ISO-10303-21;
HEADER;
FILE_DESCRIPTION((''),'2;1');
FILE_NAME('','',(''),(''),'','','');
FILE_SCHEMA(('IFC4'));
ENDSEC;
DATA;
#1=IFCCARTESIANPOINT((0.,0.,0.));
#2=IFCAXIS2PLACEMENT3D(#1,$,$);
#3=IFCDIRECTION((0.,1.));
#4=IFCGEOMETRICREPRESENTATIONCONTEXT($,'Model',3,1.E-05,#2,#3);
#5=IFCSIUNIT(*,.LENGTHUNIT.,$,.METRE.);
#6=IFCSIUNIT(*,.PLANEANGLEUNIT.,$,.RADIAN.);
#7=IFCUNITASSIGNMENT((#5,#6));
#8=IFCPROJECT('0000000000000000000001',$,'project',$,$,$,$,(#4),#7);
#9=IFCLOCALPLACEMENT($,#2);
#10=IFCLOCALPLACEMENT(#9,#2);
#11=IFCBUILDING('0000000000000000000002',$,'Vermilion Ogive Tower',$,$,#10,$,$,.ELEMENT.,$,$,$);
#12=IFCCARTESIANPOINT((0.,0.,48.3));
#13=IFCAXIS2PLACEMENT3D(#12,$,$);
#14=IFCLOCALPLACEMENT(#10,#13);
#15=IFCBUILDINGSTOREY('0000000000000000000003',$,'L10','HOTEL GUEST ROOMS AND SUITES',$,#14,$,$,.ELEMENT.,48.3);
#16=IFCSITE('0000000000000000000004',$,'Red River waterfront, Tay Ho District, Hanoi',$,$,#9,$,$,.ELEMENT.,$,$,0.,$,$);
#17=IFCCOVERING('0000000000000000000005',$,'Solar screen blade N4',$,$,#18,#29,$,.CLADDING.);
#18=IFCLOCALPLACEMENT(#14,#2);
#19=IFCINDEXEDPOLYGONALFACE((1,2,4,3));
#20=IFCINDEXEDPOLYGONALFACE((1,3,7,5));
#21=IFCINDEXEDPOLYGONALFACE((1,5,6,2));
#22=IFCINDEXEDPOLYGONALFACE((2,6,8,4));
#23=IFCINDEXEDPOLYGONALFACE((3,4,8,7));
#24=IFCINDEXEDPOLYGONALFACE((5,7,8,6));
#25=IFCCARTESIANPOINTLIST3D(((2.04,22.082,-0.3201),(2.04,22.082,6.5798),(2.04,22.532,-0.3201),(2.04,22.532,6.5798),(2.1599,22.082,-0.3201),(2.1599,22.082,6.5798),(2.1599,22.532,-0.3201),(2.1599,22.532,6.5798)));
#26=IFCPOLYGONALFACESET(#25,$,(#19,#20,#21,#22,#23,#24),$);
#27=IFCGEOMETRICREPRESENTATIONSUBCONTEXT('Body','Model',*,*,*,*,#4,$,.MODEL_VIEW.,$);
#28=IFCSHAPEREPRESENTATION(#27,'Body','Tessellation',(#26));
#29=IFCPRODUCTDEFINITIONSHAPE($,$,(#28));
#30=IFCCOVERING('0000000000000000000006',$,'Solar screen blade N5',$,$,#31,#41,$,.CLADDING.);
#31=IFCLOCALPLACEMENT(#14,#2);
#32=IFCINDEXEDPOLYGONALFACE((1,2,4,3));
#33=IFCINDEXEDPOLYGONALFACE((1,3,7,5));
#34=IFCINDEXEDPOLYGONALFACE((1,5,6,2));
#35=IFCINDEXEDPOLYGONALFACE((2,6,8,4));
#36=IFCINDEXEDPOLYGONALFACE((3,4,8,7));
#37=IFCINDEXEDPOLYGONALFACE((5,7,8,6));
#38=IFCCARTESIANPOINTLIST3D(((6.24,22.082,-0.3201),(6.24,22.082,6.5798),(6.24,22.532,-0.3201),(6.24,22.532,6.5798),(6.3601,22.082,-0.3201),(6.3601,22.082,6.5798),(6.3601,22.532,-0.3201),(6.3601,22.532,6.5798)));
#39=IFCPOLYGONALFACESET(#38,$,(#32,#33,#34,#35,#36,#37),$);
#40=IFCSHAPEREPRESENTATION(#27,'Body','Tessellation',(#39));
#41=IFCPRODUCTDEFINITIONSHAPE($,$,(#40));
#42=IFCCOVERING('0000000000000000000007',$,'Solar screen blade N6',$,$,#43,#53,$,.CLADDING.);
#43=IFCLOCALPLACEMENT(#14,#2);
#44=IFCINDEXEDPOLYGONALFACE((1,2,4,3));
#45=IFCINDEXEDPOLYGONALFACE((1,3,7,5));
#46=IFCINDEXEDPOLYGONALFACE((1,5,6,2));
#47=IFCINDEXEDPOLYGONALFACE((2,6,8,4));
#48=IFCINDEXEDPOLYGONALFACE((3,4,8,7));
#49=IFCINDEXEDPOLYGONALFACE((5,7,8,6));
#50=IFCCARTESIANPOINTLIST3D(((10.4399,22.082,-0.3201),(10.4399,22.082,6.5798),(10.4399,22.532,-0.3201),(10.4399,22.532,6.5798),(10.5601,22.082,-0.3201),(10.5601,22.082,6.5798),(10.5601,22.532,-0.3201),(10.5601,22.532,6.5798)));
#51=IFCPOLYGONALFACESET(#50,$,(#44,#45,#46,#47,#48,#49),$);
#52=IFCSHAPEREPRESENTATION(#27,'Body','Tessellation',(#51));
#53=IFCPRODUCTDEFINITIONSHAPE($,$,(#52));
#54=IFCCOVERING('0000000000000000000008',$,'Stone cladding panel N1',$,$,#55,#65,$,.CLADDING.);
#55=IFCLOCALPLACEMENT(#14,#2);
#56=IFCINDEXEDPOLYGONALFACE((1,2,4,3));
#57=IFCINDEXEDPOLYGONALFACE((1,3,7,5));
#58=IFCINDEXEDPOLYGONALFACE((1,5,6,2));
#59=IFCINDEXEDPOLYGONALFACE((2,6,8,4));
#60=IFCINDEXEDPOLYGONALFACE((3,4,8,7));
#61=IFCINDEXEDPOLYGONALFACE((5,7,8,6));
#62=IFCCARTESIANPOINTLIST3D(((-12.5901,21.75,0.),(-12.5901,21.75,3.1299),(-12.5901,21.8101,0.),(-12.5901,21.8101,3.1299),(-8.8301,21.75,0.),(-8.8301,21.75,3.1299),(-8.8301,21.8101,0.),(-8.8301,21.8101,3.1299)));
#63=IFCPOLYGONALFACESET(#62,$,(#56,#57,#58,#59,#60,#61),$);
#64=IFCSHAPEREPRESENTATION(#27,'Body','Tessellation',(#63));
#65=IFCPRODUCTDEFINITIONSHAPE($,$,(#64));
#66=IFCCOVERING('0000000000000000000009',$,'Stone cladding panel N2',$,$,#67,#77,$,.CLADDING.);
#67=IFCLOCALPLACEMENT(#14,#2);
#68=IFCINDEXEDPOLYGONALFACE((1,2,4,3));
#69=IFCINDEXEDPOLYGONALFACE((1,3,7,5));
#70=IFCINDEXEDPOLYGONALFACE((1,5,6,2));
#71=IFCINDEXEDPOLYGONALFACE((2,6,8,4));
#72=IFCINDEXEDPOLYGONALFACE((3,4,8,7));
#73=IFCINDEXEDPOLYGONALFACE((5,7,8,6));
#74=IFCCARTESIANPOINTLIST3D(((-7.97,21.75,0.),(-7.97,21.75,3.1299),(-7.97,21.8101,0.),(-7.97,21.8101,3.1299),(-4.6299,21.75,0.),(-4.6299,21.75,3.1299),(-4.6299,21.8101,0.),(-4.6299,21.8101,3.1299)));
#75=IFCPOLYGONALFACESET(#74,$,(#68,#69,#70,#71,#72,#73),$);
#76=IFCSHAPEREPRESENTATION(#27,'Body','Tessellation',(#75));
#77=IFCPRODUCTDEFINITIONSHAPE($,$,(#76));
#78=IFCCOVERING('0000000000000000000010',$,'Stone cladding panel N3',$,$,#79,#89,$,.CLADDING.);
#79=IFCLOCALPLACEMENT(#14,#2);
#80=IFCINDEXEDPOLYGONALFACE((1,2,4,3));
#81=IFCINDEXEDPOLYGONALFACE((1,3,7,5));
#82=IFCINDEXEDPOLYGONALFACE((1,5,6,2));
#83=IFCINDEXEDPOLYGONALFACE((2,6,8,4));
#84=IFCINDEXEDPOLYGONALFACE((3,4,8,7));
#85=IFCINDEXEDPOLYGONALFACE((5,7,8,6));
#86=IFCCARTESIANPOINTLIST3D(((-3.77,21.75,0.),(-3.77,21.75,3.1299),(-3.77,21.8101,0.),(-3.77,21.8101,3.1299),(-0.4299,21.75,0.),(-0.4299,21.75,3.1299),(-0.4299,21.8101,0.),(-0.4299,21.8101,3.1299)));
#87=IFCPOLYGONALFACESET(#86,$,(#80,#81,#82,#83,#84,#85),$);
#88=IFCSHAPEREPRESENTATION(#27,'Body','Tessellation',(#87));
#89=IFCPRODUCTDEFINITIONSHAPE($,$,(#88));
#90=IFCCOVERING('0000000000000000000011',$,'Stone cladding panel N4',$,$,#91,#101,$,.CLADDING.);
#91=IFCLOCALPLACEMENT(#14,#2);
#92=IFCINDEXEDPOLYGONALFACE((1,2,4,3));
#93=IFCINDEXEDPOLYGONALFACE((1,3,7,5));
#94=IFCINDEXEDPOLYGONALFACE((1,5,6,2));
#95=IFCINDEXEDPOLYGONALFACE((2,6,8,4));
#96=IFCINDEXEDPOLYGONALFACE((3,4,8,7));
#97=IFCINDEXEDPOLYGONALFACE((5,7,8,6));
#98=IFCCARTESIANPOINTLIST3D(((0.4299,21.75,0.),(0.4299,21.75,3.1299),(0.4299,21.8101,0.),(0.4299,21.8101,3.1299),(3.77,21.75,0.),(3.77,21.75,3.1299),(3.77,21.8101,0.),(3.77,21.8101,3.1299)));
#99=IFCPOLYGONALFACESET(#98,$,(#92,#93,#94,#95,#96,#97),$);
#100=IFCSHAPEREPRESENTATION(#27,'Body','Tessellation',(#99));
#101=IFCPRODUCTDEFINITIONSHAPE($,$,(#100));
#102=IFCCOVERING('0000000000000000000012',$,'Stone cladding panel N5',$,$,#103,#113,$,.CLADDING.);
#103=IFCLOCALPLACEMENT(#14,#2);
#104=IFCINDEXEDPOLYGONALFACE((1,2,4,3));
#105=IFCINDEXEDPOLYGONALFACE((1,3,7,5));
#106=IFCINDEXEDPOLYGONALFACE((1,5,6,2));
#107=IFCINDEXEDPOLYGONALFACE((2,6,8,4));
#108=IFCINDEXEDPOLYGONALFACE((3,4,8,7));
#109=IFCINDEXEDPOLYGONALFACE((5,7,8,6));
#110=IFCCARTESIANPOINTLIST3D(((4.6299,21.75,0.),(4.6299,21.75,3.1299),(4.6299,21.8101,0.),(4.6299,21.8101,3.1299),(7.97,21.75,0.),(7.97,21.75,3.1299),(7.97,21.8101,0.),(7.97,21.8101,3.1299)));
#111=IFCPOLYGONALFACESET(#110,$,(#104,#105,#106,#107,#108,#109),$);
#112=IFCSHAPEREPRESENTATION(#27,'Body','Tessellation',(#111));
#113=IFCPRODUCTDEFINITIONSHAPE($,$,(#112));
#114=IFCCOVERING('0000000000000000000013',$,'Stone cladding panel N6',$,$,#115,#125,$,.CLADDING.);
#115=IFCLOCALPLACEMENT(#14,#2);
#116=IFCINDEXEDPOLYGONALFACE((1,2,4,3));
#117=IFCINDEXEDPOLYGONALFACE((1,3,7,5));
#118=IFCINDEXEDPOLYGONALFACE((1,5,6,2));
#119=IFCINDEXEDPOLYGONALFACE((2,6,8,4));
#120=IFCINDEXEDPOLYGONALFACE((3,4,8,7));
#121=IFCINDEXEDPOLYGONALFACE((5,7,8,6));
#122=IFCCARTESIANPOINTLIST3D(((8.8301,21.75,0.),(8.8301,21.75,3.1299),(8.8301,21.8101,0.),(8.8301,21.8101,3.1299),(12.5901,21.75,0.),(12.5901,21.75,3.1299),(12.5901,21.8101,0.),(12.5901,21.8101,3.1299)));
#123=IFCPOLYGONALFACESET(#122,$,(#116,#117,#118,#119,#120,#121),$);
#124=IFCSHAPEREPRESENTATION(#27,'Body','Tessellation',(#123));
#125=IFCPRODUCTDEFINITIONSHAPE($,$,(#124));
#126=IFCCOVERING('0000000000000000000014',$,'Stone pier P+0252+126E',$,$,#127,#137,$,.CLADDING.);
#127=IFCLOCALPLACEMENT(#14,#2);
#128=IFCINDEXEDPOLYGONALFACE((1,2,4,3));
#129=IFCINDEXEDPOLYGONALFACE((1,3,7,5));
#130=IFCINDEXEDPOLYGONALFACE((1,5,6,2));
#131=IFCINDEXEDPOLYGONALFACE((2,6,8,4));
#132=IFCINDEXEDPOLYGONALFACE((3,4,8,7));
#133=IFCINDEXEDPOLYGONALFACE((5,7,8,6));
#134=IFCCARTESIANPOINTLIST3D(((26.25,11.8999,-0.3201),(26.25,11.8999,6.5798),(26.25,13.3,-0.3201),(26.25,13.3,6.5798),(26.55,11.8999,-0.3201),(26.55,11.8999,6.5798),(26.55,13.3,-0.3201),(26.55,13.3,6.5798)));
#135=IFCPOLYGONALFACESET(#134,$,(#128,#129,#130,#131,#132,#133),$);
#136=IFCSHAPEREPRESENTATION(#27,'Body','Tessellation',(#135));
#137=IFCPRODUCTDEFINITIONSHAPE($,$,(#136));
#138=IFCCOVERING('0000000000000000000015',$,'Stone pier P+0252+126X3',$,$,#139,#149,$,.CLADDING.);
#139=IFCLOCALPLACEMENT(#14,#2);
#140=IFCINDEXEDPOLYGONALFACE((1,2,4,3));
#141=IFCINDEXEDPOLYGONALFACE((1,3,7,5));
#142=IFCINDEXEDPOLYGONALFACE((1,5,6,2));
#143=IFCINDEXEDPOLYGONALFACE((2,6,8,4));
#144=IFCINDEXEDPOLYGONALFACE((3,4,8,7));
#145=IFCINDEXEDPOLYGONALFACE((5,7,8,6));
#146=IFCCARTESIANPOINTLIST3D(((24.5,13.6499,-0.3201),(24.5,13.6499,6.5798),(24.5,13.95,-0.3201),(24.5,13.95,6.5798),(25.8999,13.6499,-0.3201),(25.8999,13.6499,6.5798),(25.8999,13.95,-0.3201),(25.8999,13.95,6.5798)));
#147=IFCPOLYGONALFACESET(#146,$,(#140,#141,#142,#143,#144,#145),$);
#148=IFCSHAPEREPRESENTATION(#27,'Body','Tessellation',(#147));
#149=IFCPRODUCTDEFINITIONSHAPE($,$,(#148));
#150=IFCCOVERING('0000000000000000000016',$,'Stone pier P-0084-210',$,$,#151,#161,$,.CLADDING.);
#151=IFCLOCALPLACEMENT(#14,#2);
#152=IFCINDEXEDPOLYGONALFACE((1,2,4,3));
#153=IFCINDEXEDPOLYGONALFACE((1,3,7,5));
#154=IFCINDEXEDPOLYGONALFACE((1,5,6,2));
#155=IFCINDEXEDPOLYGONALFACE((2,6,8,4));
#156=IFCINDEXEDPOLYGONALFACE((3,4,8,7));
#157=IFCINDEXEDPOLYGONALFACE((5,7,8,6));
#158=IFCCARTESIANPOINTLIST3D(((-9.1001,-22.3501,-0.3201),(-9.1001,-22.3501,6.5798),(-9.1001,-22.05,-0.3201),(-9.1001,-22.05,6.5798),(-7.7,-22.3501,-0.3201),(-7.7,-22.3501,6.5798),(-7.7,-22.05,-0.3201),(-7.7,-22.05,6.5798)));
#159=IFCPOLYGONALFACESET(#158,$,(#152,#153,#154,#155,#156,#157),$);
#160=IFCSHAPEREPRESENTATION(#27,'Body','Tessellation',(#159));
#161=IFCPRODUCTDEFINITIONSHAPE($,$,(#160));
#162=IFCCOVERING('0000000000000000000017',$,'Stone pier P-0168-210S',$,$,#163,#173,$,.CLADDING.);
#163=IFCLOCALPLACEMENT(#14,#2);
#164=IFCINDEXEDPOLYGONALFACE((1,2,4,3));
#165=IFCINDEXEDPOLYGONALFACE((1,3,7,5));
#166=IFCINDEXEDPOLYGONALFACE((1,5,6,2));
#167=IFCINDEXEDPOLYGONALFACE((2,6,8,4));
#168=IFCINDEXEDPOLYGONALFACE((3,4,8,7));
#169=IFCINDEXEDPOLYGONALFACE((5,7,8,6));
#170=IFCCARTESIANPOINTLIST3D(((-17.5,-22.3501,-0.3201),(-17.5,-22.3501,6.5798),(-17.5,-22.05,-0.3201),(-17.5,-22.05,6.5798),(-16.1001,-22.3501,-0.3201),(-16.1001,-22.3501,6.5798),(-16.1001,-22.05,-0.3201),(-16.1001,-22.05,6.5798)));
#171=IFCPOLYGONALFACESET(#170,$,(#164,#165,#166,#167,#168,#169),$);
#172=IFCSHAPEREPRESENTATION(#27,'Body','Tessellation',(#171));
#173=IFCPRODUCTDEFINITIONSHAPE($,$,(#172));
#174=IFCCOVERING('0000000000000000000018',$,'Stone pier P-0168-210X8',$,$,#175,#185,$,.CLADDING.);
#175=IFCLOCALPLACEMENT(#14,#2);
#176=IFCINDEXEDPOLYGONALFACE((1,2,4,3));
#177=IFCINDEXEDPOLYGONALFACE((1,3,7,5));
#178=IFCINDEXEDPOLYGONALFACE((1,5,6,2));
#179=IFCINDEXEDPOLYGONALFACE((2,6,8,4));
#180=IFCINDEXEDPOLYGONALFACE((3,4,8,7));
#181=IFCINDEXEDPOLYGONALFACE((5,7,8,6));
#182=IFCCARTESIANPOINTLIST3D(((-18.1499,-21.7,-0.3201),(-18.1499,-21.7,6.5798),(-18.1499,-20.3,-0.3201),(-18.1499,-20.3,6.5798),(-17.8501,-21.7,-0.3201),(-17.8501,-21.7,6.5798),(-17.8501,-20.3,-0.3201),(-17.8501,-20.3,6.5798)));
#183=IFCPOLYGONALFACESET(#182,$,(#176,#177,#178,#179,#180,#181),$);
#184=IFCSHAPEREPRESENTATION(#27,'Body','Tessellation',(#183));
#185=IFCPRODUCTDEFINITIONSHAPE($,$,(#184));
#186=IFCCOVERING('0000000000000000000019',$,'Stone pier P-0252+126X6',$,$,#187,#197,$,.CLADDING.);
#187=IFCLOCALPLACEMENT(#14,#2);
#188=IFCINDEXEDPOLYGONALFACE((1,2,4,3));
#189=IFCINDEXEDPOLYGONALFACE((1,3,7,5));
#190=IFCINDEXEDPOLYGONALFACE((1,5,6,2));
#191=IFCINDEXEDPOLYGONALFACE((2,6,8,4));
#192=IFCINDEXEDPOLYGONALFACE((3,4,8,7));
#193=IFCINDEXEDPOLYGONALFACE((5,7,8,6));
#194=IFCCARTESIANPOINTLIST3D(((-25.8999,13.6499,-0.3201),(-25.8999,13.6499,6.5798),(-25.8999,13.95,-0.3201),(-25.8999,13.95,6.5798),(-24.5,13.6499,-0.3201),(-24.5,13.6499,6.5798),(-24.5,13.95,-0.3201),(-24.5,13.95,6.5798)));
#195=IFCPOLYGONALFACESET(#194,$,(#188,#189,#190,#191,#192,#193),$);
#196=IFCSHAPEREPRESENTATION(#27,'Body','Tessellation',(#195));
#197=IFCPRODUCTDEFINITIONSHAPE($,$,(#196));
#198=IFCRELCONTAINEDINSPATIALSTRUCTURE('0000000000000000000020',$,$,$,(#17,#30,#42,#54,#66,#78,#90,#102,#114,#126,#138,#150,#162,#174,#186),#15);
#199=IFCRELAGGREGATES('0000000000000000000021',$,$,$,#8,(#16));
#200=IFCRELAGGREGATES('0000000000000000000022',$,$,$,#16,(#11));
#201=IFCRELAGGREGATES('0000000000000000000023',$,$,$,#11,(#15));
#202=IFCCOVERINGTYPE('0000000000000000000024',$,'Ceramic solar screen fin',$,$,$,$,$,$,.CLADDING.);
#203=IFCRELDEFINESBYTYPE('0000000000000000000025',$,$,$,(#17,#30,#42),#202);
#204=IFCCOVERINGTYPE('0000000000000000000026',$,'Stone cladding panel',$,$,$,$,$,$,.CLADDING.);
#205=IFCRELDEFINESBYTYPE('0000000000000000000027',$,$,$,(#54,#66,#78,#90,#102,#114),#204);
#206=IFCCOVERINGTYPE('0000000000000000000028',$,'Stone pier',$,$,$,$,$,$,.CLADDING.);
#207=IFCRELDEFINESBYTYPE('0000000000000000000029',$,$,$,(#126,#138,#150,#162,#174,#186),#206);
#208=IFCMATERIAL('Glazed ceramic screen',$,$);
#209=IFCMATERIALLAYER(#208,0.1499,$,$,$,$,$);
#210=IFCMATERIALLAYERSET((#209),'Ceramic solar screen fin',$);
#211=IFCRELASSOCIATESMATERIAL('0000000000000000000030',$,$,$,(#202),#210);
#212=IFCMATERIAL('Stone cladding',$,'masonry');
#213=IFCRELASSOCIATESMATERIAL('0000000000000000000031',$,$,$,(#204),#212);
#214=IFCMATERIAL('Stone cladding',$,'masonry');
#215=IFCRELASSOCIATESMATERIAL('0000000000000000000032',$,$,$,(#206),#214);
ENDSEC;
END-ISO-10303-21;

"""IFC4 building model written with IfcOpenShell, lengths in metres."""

from ifc_helpers import new_model, si_unit, direction, frame, origin, place, context, subcontext, project, spatial, polyline, outline, extrude, material, layer, layer_set, type_object, element, save


model = new_model("IFC4")

# Units and contexts
model_context = context("Model", 3, precision=1e-05, world=origin(), true_north=direction((0.0, 1.0)))
body_context = subcontext(model_context, "Body", "Model", "MODEL_VIEW")
ifc_project = project(units=[si_unit("LENGTHUNIT", "METRE"), si_unit("PLANEANGLEUNIT", "RADIAN")], contexts=[model_context])

# Site, building, storey
site_placement = place(None, origin())
site = spatial("IfcSite", under=ifc_project, at=site_placement, Name="Red River waterfront, Tay Ho District, Hanoi", CompositionType="ELEMENT", RefElevation=0.0)
building_placement = place(site_placement, origin())
building = spatial("IfcBuilding", under=site, at=building_placement, Name="Vermilion Ogive Tower", CompositionType="ELEMENT")
storey_placement = place(building_placement, frame((0.0, 0.0, 48.3)))
storey = spatial("IfcBuildingStorey", under=building, at=storey_placement, Name="L10", Description="HOTEL GUEST ROOMS AND SUITES", CompositionType="ELEMENT", Elevation=48.3)

# Coverings
ifc_material_1 = material(Name="Glazed ceramic screen")
ifc_layer = layer(ifc_material_1, 0.1499)
ifc_layer_set = layer_set([ifc_layer], Name="Ceramic solar screen fin")
covering_type_1 = type_object("IfcCoveringType", Name="Ceramic solar screen fin", PredefinedType="CLADDING", material=ifc_layer_set)
covering_1_placement = place(storey_placement, frame((0.0, 0.0, -0.3201)))
element("IfcCovering", 1, at=covering_1_placement, inside=storey, type_object=covering_type_1, Name="Solar screen blade N4", PredefinedType="CLADDING", context=body_context, shape_type="SweptSolid", body=[
    extrude(outline(polyline([(2.04, 22.082), (2.1599, 22.082), (2.1599, 22.532), (2.04, 22.532), (2.04, 22.082)])), origin(), (0.0, 0.0, 1.0), 6.8999),
])
covering_2_placement = place(storey_placement, frame((0.0, 0.0, -0.3201)))
element("IfcCovering", 2, at=covering_2_placement, inside=storey, type_object=covering_type_1, Name="Solar screen blade N5", PredefinedType="CLADDING", context=body_context, shape_type="SweptSolid", body=[
    extrude(outline(polyline([(6.24, 22.082), (6.3601, 22.082), (6.3601, 22.532), (6.24, 22.532), (6.24, 22.082)])), origin(), (0.0, 0.0, 1.0), 6.8999),
])
covering_3_placement = place(storey_placement, frame((0.0, 0.0, -0.3201)))
element("IfcCovering", 3, at=covering_3_placement, inside=storey, type_object=covering_type_1, Name="Solar screen blade N6", PredefinedType="CLADDING", context=body_context, shape_type="SweptSolid", body=[
    extrude(outline(polyline([(10.4399, 22.082), (10.5601, 22.082), (10.5601, 22.532), (10.4399, 22.532), (10.4399, 22.082)])), origin(), (0.0, 0.0, 1.0), 6.8999),
])
ifc_material_2 = material(Name="Stone cladding", Category="masonry")
covering_type_2 = type_object("IfcCoveringType", Name="Stone cladding panel", PredefinedType="CLADDING", material=ifc_material_2)
covering_4_placement = place(storey_placement, origin())
element("IfcCovering", 4, at=covering_4_placement, inside=storey, type_object=covering_type_2, Name="Stone cladding panel N1", PredefinedType="CLADDING", context=body_context, shape_type="SweptSolid", body=[
    extrude(outline(polyline([(-12.5901, 21.75), (-8.8301, 21.75), (-8.8301, 21.8101), (-12.5901, 21.8101), (-12.5901, 21.75)])), origin(), (0.0, 0.0, 1.0), 3.1299),
])
covering_5_placement = place(storey_placement, origin())
element("IfcCovering", 5, at=covering_5_placement, inside=storey, type_object=covering_type_2, Name="Stone cladding panel N2", PredefinedType="CLADDING", context=body_context, shape_type="SweptSolid", body=[
    extrude(outline(polyline([(-7.97, 21.75), (-4.6299, 21.75), (-4.6299, 21.8101), (-7.97, 21.8101), (-7.97, 21.75)])), origin(), (0.0, 0.0, 1.0), 3.1299),
])
covering_6_placement = place(storey_placement, origin())
element("IfcCovering", 6, at=covering_6_placement, inside=storey, type_object=covering_type_2, Name="Stone cladding panel N3", PredefinedType="CLADDING", context=body_context, shape_type="SweptSolid", body=[
    extrude(outline(polyline([(-3.77, 21.75), (-0.4299, 21.75), (-0.4299, 21.8101), (-3.77, 21.8101), (-3.77, 21.75)])), origin(), (0.0, 0.0, 1.0), 3.1299),
])
covering_7_placement = place(storey_placement, origin())
element("IfcCovering", 7, at=covering_7_placement, inside=storey, type_object=covering_type_2, Name="Stone cladding panel N4", PredefinedType="CLADDING", context=body_context, shape_type="SweptSolid", body=[
    extrude(outline(polyline([(0.4299, 21.75), (3.77, 21.75), (3.77, 21.8101), (0.4299, 21.8101), (0.4299, 21.75)])), origin(), (0.0, 0.0, 1.0), 3.1299),
])
covering_8_placement = place(storey_placement, origin())
element("IfcCovering", 8, at=covering_8_placement, inside=storey, type_object=covering_type_2, Name="Stone cladding panel N5", PredefinedType="CLADDING", context=body_context, shape_type="SweptSolid", body=[
    extrude(outline(polyline([(4.6299, 21.75), (7.97, 21.75), (7.97, 21.8101), (4.6299, 21.8101), (4.6299, 21.75)])), origin(), (0.0, 0.0, 1.0), 3.1299),
])
covering_9_placement = place(storey_placement, origin())
element("IfcCovering", 9, at=covering_9_placement, inside=storey, type_object=covering_type_2, Name="Stone cladding panel N6", PredefinedType="CLADDING", context=body_context, shape_type="SweptSolid", body=[
    extrude(outline(polyline([(8.8301, 21.75), (12.5901, 21.75), (12.5901, 21.8101), (8.8301, 21.8101), (8.8301, 21.75)])), origin(), (0.0, 0.0, 1.0), 3.1299),
])
ifc_material_3 = material(Name="Stone cladding", Category="masonry")
covering_type_3 = type_object("IfcCoveringType", Name="Stone pier", PredefinedType="CLADDING", material=ifc_material_3)
covering_10_placement = place(storey_placement, frame((0.0, 0.0, -0.3201)))
element("IfcCovering", 10, at=covering_10_placement, inside=storey, type_object=covering_type_3, Name="Stone pier P+0252+126E", PredefinedType="CLADDING", context=body_context, shape_type="SweptSolid", body=[
    extrude(outline(polyline([(26.55, 13.3), (26.55, 11.8999), (26.25, 11.8999), (26.25, 13.3), (26.55, 13.3)])), origin(), (0.0, 0.0, 1.0), 6.8999),
])
covering_11_placement = place(storey_placement, frame((0.0, 0.0, -0.3201)))
element("IfcCovering", 11, at=covering_11_placement, inside=storey, type_object=covering_type_3, Name="Stone pier P+0252+126X3", PredefinedType="CLADDING", context=body_context, shape_type="SweptSolid", body=[
    extrude(outline(polyline([(25.8999, 13.95), (25.8999, 13.6499), (24.5, 13.6499), (24.5, 13.95), (25.8999, 13.95)])), origin(), (0.0, 0.0, 1.0), 6.8999),
])
covering_12_placement = place(storey_placement, frame((0.0, 0.0, -0.3201)))
element("IfcCovering", 12, at=covering_12_placement, inside=storey, type_object=covering_type_3, Name="Stone pier P-0084-210", PredefinedType="CLADDING", context=body_context, shape_type="SweptSolid", body=[
    extrude(outline(polyline([(-7.7, -22.3501), (-9.1001, -22.3501), (-9.1001, -22.05), (-7.7, -22.05), (-7.7, -22.3501)])), origin(), (0.0, 0.0, 1.0), 6.8999),
])
covering_13_placement = place(storey_placement, frame((0.0, 0.0, -0.3201)))
element("IfcCovering", 13, at=covering_13_placement, inside=storey, type_object=covering_type_3, Name="Stone pier P-0168-210S", PredefinedType="CLADDING", context=body_context, shape_type="SweptSolid", body=[
    extrude(outline(polyline([(-16.1001, -22.3501), (-17.5, -22.3501), (-17.5, -22.05), (-16.1001, -22.05), (-16.1001, -22.3501)])), origin(), (0.0, 0.0, 1.0), 6.8999),
])
covering_14_placement = place(storey_placement, frame((0.0, 0.0, -0.3201)))
element("IfcCovering", 14, at=covering_14_placement, inside=storey, type_object=covering_type_3, Name="Stone pier P-0168-210X8", PredefinedType="CLADDING", context=body_context, shape_type="SweptSolid", body=[
    extrude(outline(polyline([(-18.1499, -20.3), (-17.8501, -20.3), (-17.8501, -21.7), (-18.1499, -21.7), (-18.1499, -20.3)])), origin(), (0.0, 0.0, 1.0), 6.8999),
])
covering_15_placement = place(storey_placement, frame((0.0, 0.0, -0.3201)))
element("IfcCovering", 15, at=covering_15_placement, inside=storey, type_object=covering_type_3, Name="Stone pier P-0252+126X6", PredefinedType="CLADDING", context=body_context, shape_type="SweptSolid", body=[
    extrude(outline(polyline([(-25.8999, 13.95), (-24.5, 13.95), (-24.5, 13.6499), (-25.8999, 13.6499), (-25.8999, 13.95)])), origin(), (0.0, 0.0, 1.0), 6.8999),
])

save(model, "model.ifc")
